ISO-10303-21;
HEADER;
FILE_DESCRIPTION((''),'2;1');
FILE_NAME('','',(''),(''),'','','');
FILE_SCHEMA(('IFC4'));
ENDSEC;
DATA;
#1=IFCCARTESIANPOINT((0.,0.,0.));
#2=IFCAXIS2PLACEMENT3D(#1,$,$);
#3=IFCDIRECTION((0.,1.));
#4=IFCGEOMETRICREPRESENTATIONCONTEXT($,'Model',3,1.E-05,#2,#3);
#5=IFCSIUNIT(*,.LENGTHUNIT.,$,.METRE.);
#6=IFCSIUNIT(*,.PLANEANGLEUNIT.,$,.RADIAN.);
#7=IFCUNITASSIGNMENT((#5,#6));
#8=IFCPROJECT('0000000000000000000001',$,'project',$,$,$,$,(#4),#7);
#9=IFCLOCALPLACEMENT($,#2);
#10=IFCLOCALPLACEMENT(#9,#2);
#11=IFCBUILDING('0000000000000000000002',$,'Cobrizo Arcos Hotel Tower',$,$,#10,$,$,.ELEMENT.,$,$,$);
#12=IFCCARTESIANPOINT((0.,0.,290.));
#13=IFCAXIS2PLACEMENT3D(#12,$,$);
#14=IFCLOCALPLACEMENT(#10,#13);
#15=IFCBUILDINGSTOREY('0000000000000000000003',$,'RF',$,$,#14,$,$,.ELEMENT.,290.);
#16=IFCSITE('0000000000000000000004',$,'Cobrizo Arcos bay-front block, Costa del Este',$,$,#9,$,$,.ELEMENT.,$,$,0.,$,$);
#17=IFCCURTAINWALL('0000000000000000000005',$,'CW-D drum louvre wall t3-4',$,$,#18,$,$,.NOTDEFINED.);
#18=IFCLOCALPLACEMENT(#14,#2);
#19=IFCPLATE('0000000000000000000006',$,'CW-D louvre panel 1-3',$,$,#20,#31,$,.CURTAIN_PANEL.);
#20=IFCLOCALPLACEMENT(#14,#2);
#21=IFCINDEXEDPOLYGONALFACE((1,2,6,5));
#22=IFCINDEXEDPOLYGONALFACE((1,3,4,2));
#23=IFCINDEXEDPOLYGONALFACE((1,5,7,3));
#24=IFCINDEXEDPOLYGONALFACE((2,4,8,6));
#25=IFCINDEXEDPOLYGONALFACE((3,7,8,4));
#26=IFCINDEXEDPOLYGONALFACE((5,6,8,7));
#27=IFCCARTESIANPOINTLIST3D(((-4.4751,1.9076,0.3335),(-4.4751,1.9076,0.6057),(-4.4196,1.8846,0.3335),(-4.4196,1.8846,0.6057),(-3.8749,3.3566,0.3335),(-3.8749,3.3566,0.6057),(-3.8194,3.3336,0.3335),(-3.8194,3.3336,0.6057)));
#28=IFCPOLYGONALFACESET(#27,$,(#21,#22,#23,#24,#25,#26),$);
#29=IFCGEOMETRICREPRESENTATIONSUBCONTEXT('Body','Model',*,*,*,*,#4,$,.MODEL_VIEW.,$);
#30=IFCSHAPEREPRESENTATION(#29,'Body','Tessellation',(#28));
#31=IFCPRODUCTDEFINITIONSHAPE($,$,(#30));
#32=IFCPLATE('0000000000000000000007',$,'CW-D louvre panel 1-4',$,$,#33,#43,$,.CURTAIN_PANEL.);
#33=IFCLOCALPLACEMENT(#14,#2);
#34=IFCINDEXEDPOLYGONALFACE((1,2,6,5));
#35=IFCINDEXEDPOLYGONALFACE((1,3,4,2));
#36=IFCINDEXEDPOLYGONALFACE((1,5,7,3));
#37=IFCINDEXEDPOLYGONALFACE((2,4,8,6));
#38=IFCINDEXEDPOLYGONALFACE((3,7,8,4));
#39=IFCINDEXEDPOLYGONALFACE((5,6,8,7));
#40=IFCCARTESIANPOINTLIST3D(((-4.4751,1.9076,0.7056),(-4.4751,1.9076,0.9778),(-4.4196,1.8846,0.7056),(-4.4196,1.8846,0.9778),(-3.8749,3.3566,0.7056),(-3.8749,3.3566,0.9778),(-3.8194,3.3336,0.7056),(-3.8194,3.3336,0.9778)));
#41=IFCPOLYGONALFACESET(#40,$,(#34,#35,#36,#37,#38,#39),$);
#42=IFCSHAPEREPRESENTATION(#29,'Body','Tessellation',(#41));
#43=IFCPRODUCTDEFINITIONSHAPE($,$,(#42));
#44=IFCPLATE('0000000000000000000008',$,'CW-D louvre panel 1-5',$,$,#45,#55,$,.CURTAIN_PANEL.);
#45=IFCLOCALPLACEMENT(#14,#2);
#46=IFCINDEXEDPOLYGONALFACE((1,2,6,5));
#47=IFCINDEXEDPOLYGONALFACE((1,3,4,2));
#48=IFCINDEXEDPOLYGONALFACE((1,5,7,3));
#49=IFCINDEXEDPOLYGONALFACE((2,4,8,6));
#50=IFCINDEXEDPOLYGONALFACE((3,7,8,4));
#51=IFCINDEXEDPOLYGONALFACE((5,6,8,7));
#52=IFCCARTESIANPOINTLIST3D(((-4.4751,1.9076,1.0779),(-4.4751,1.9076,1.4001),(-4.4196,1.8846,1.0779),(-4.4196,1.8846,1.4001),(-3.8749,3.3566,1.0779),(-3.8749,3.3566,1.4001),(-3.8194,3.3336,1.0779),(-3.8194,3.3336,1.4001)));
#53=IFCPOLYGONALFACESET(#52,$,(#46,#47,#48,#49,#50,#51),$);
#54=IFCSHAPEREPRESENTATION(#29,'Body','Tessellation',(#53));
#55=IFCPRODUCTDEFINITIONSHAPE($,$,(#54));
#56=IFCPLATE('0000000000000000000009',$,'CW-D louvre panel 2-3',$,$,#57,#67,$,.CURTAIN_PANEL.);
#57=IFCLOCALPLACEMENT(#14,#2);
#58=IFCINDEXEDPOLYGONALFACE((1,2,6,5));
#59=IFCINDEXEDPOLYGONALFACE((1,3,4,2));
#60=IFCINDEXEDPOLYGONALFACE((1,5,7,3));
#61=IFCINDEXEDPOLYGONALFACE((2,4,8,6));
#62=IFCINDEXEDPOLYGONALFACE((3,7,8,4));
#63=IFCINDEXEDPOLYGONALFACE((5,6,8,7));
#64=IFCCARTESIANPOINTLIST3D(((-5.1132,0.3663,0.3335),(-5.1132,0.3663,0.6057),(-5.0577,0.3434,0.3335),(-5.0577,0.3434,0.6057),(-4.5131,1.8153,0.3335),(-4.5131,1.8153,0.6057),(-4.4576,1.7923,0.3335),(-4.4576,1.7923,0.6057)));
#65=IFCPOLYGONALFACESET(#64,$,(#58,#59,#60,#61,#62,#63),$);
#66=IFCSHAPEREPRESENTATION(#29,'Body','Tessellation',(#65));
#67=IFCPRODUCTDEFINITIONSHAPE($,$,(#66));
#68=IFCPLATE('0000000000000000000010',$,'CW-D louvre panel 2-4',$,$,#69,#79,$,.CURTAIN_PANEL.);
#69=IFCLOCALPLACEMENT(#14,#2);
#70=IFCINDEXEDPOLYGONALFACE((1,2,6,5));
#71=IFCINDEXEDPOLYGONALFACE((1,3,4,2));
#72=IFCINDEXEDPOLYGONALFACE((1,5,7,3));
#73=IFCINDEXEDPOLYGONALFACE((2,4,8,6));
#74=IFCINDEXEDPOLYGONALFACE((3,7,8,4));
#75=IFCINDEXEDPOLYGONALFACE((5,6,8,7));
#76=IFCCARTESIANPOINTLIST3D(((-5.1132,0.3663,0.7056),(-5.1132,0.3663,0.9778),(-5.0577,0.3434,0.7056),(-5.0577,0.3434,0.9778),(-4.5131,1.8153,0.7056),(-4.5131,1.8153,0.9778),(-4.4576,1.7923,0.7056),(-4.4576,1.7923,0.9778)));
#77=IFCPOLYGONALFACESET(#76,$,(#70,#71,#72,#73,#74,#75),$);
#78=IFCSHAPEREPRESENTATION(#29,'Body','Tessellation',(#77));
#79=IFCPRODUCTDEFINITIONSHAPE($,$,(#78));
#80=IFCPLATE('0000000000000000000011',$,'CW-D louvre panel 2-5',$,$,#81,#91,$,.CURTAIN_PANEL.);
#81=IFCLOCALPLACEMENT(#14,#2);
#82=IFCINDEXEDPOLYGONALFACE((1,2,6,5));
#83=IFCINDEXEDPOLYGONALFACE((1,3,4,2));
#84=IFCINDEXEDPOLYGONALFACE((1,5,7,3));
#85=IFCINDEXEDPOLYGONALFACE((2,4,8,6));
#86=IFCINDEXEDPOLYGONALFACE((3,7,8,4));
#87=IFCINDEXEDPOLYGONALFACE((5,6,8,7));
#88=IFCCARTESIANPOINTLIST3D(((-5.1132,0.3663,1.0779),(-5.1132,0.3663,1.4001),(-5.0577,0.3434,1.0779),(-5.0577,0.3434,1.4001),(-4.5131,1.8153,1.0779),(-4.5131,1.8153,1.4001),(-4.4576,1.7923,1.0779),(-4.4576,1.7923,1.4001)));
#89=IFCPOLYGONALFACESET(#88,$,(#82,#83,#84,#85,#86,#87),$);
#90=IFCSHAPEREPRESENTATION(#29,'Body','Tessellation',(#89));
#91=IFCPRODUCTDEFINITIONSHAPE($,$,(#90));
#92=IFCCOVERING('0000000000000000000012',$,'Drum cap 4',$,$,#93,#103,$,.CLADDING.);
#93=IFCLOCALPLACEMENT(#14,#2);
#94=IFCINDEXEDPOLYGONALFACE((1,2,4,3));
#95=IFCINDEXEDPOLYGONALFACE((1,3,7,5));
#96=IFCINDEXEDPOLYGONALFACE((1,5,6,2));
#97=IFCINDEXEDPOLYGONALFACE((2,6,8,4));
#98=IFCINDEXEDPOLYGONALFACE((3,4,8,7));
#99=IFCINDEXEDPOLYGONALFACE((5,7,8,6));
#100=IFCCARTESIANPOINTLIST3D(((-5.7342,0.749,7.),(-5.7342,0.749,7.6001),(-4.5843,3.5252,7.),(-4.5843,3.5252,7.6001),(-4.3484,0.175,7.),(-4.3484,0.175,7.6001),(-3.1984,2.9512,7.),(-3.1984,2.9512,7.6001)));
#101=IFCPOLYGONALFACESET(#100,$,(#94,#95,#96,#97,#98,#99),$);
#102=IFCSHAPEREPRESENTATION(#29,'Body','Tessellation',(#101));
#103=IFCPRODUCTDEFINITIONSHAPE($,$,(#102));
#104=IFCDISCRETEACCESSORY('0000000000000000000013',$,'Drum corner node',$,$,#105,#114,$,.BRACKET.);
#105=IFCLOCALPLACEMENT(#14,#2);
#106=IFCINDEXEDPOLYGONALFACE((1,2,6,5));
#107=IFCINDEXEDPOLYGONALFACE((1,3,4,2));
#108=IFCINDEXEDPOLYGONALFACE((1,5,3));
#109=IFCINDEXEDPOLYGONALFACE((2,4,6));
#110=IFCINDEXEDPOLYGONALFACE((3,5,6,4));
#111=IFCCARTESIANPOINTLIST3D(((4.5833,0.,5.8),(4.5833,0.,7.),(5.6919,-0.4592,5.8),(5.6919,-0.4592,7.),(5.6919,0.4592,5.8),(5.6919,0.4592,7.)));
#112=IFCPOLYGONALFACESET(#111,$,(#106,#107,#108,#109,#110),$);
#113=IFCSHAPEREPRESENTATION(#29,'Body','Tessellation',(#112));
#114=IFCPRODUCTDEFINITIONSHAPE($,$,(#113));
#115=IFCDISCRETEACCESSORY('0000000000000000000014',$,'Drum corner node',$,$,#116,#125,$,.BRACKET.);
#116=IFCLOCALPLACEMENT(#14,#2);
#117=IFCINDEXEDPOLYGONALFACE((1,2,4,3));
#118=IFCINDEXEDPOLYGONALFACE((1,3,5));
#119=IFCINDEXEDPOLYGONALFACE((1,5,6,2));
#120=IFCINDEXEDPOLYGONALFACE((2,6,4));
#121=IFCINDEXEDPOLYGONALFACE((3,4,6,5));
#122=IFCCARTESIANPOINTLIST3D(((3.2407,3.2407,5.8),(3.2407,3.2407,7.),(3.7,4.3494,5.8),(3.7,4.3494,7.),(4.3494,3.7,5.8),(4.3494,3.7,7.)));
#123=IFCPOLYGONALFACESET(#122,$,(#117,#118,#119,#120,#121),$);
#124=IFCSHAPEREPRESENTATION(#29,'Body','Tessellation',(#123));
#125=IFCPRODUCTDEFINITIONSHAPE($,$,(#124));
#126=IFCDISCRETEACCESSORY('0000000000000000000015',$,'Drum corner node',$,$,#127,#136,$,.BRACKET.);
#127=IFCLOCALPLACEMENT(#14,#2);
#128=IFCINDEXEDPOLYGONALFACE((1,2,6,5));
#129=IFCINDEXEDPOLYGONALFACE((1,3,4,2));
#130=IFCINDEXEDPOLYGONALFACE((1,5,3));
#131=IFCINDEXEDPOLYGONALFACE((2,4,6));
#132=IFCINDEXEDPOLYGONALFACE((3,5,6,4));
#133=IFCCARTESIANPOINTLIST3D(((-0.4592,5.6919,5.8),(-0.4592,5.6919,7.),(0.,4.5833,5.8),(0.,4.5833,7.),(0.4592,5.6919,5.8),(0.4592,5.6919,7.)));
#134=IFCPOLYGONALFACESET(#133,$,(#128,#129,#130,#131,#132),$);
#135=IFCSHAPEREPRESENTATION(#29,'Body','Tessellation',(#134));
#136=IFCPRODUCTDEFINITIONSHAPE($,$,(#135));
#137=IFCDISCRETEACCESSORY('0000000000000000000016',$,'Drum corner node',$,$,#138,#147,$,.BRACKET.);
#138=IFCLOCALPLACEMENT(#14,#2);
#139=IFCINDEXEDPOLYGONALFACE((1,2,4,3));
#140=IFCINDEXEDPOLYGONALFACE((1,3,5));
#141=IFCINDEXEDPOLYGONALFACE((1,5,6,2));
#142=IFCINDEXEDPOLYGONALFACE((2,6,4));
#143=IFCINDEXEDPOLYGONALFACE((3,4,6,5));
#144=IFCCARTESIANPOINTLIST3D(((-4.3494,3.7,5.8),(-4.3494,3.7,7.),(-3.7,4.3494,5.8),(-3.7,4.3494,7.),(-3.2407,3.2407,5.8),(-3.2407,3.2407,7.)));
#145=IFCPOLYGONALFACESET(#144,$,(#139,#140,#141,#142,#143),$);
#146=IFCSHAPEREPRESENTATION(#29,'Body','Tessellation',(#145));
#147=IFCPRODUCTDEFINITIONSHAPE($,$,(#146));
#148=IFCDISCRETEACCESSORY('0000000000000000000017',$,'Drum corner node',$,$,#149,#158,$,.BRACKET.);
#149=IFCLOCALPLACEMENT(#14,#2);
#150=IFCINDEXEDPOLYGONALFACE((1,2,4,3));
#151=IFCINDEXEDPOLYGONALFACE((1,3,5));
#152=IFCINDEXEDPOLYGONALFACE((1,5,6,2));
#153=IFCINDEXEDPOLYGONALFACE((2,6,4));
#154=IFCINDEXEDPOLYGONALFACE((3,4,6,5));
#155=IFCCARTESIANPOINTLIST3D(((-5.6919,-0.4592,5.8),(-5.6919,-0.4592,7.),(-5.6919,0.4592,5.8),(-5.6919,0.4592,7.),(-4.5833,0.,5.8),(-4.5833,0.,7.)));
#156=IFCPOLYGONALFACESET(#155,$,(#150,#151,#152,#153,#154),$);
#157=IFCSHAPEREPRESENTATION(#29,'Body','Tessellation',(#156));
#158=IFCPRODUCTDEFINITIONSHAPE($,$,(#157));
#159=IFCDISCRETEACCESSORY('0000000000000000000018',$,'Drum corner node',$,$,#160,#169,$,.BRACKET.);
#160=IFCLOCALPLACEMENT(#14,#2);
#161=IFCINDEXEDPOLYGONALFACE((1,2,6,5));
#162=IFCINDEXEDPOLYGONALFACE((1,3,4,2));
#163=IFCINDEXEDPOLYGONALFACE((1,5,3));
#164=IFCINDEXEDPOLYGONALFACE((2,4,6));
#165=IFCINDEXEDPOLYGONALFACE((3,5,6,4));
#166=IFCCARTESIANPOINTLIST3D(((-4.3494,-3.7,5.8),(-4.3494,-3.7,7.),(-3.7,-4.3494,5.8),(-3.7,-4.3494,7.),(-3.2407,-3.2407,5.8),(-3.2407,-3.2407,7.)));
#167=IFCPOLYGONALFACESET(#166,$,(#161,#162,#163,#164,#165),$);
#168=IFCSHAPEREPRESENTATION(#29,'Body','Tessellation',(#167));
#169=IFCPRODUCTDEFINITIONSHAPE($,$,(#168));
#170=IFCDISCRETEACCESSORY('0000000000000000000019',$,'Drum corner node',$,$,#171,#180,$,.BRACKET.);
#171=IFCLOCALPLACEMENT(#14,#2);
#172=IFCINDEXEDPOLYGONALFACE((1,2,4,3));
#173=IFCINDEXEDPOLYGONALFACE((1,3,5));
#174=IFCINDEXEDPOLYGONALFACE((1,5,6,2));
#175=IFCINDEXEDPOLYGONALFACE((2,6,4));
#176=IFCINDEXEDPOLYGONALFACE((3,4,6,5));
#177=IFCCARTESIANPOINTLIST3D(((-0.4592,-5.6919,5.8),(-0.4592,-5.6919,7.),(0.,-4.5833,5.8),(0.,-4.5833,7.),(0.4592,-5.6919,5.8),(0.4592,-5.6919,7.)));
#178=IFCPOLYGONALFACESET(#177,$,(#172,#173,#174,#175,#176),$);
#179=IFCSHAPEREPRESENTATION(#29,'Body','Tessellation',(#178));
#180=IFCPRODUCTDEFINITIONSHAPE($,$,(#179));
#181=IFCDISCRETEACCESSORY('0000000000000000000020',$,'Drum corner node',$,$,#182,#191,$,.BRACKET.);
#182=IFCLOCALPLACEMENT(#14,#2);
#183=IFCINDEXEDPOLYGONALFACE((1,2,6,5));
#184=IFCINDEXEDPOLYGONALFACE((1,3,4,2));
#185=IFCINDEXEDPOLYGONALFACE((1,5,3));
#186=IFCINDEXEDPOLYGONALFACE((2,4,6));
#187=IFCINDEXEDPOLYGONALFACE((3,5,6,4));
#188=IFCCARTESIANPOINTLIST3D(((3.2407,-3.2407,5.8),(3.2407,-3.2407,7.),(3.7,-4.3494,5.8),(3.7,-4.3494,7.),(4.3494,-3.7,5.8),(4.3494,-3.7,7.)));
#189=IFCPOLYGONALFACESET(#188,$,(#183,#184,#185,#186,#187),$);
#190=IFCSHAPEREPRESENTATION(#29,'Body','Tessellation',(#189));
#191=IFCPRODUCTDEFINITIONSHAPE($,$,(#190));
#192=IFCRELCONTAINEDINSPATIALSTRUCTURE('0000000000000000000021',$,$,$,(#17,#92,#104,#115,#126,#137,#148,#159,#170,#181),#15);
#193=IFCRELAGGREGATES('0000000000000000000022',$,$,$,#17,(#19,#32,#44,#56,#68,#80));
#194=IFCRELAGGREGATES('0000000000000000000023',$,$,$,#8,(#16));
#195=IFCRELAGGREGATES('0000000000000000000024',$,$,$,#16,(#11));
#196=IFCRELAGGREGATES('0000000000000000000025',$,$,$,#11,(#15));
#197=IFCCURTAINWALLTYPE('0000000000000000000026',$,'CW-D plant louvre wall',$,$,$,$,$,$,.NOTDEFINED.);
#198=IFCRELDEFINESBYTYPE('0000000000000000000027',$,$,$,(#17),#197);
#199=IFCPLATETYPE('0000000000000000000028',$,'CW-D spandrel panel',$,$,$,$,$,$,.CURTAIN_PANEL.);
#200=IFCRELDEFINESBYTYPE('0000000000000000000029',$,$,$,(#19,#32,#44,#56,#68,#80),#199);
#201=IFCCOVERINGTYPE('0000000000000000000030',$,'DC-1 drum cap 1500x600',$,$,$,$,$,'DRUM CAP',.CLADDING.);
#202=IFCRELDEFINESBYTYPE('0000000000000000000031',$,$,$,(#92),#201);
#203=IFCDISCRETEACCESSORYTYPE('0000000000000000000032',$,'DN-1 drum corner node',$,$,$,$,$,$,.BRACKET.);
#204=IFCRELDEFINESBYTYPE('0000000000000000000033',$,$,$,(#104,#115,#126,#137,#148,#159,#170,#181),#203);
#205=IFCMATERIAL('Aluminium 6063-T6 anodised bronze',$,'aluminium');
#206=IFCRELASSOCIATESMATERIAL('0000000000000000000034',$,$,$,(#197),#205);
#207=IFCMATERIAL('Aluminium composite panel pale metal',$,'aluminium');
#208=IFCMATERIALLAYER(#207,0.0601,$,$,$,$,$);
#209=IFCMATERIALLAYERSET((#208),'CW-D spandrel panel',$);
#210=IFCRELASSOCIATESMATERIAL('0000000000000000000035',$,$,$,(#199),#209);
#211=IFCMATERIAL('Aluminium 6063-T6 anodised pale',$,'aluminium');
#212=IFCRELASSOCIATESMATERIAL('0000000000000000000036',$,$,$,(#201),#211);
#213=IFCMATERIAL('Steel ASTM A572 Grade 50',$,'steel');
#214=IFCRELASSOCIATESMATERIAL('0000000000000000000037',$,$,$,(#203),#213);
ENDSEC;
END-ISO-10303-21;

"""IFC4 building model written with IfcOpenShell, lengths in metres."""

from ifc_helpers import new_model, si_unit, direction, frame, origin, origin_2d, place, context, subcontext, project, spatial, polyline, rectangle, outline, extrude, material, layer, layer_set, type_object, element, aggregate, save


model = new_model("IFC4")

# Units and contexts
model_context = context("Model", 3, precision=1e-05, world=origin(), true_north=direction((0.0, 1.0)))
body_context = subcontext(model_context, "Body", "Model", "MODEL_VIEW")
ifc_project = project(units=[si_unit("LENGTHUNIT", "METRE"), si_unit("PLANEANGLEUNIT", "RADIAN")], contexts=[model_context])

# Site, building, storey
site_placement = place(None, origin())
site = spatial("IfcSite", under=ifc_project, at=site_placement, Name="Cobrizo Arcos bay-front block, Costa del Este", CompositionType="ELEMENT", RefElevation=0.0)
building_placement = place(site_placement, origin())
building = spatial("IfcBuilding", under=site, at=building_placement, Name="Cobrizo Arcos Hotel Tower", CompositionType="ELEMENT")
storey_placement = place(building_placement, frame((0.0, 0.0, 290.0)))
storey = spatial("IfcBuildingStorey", under=building, at=storey_placement, Name="RF", CompositionType="ELEMENT", Elevation=290.0)

# Curtain wall
ifc_material_1 = material(Name="Aluminium 6063-T6 anodised bronze", Category="aluminium")
curtain_wall_type = type_object("IfcCurtainWallType", Name="CW-D plant louvre wall", PredefinedType="NOTDEFINED", material=ifc_material_1)
curtain_wall_1_placement = place(storey_placement, origin())
curtain_wall_1 = element("IfcCurtainWall", 1, at=curtain_wall_1_placement, inside=storey, type_object=curtain_wall_type, Name="CW-D drum louvre wall t3-4", PredefinedType="NOTDEFINED")

# Plates
ifc_material_2 = material(Name="Aluminium composite panel pale metal", Category="aluminium")
ifc_layer_1 = layer(ifc_material_2, 0.0601)
ifc_layer_set_1 = layer_set([ifc_layer_1], Name="CW-D spandrel panel")
plate_type_1 = type_object("IfcPlateType", Name="CW-D spandrel panel", PredefinedType="CURTAIN_PANEL", material=ifc_layer_set_1)
plate_1_placement = place(storey_placement, frame((-4.1472, 2.6206, 0.3335), z_axis=(0.0, 0.0, 1.0), x_axis=(-0.382683, -0.92388, 0.0)))
plate_1 = element("IfcPlate", 2, at=plate_1_placement, type_object=plate_type_1, Name="CW-D louvre panel 1-3", PredefinedType="CURTAIN_PANEL", context=body_context, shape_type="SweptSolid", body=[
    extrude(rectangle(XDim=1.5684, YDim=0.0601, at=origin_2d()), origin(), (0.0, 0.0, 1.0), 0.2722),
])
plate_2_placement = place(storey_placement, frame((-4.1472, 2.6206, 0.7056), z_axis=(0.0, 0.0, 1.0), x_axis=(-0.382683, -0.92388, 0.0)))
plate_2 = element("IfcPlate", 3, at=plate_2_placement, type_object=plate_type_1, Name="CW-D louvre panel 1-4", PredefinedType="CURTAIN_PANEL", context=body_context, shape_type="SweptSolid", body=[
    extrude(rectangle(XDim=1.5684, YDim=0.0601, at=origin_2d()), origin(), (0.0, 0.0, 1.0), 0.2722),
])
plate_3_placement = place(storey_placement, frame((-4.1472, 2.6206, 1.0779), z_axis=(0.0, 0.0, 1.0), x_axis=(-0.382683, -0.92388, 0.0)))
plate_3 = element("IfcPlate", 4, at=plate_3_placement, type_object=plate_type_1, Name="CW-D louvre panel 1-5", PredefinedType="CURTAIN_PANEL", context=body_context, shape_type="SweptSolid", body=[
    extrude(rectangle(XDim=1.5684, YDim=0.0601, at=origin_2d()), origin(), (0.0, 0.0, 1.0), 0.3223),
])
plate_4_placement = place(storey_placement, frame((-4.7854, 1.0793, 0.3335), z_axis=(0.0, 0.0, 1.0), x_axis=(-0.382683, -0.92388, 0.0)))
plate_4 = element("IfcPlate", 5, at=plate_4_placement, type_object=plate_type_1, Name="CW-D louvre panel 2-3", PredefinedType="CURTAIN_PANEL", context=body_context, shape_type="SweptSolid", body=[
    extrude(rectangle(XDim=1.5684, YDim=0.0601, at=origin_2d()), origin(), (0.0, 0.0, 1.0), 0.2722),
])
plate_5_placement = place(storey_placement, frame((-4.7854, 1.0793, 0.7056), z_axis=(0.0, 0.0, 1.0), x_axis=(-0.382683, -0.92388, 0.0)))
plate_5 = element("IfcPlate", 6, at=plate_5_placement, type_object=plate_type_1, Name="CW-D louvre panel 2-4", PredefinedType="CURTAIN_PANEL", context=body_context, shape_type="SweptSolid", body=[
    extrude(rectangle(XDim=1.5684, YDim=0.0601, at=origin_2d()), origin(), (0.0, 0.0, 1.0), 0.2722),
])
plate_6_placement = place(storey_placement, frame((-4.7854, 1.0793, 1.0779), z_axis=(0.0, 0.0, 1.0), x_axis=(-0.382683, -0.92388, 0.0)))
plate_6 = element("IfcPlate", 7, at=plate_6_placement, type_object=plate_type_1, Name="CW-D louvre panel 2-5", PredefinedType="CURTAIN_PANEL", context=body_context, shape_type="SweptSolid", body=[
    extrude(rectangle(XDim=1.5684, YDim=0.0601, at=origin_2d()), origin(), (0.0, 0.0, 1.0), 0.3223),
])
aggregate(curtain_wall_1, [plate_1, plate_2, plate_3, plate_4, plate_5, plate_6])

# Covering
ifc_material_3 = material(Name="Aluminium 6063-T6 anodised pale", Category="aluminium")
covering_type = type_object("IfcCoveringType", Name="DC-1 drum cap 1500x600", ElementType="DRUM CAP", PredefinedType="CLADDING", material=ifc_material_3)
covering_placement = place(storey_placement, frame((-4.4663, 1.8501, 7.0), z_axis=(0.0, 0.0, 1.0), x_axis=(-0.382683, -0.92388, 0.0)))
element("IfcCovering", 8, at=covering_placement, inside=storey, type_object=covering_type, Name="Drum cap 4", PredefinedType="CLADDING", context=body_context, shape_type="SweptSolid", body=[
    extrude(rectangle(XDim=3.0049, YDim=1.5, at=origin_2d()), origin(), (0.0, 0.0, 1.0), 0.6001),
])

# Discrete accessories
ifc_material_4 = material(Name="Steel ASTM A572 Grade 50", Category="steel")
discrete_accessory_type = type_object("IfcDiscreteAccessoryType", Name="DN-1 drum corner node", PredefinedType="BRACKET", material=ifc_material_4)
discrete_accessory_1_placement = place(storey_placement, frame((0.0, 0.0, 5.8)))
element("IfcDiscreteAccessory", 9, at=discrete_accessory_1_placement, inside=storey, type_object=discrete_accessory_type, Name="Drum corner node", PredefinedType="BRACKET", context=body_context, shape_type="SweptSolid", body=[
    extrude(outline(polyline([(5.6919, -0.4592), (4.5833, 0.0), (4.5833, 0.0), (5.6919, 0.4592), (5.6919, -0.4592)])), origin(), (0.0, 0.0, 1.0), 1.2),
])
discrete_accessory_2_placement = place(storey_placement, frame((0.0, 0.0, 5.8)))
element("IfcDiscreteAccessory", 10, at=discrete_accessory_2_placement, inside=storey, type_object=discrete_accessory_type, Name="Drum corner node", PredefinedType="BRACKET", context=body_context, shape_type="SweptSolid", body=[
    extrude(outline(polyline([(3.2407, 3.2407), (3.2407, 3.2407), (3.7, 4.3494), (4.3494, 3.7), (3.2407, 3.2407)])), origin(), (0.0, 0.0, 1.0), 1.2),
])
discrete_accessory_3_placement = place(storey_placement, frame((0.0, 0.0, 5.8)))
element("IfcDiscreteAccessory", 11, at=discrete_accessory_3_placement, inside=storey, type_object=discrete_accessory_type, Name="Drum corner node", PredefinedType="BRACKET", context=body_context, shape_type="SweptSolid", body=[
    extrude(outline(polyline([(0.0, 4.5833), (-0.4592, 5.6919), (0.4592, 5.6919), (0.0, 4.5833), (0.0, 4.5833)])), origin(), (0.0, 0.0, 1.0), 1.2),
])
discrete_accessory_4_placement = place(storey_placement, frame((0.0, 0.0, 5.8)))
element("IfcDiscreteAccessory", 12, at=discrete_accessory_4_placement, inside=storey, type_object=discrete_accessory_type, Name="Drum corner node", PredefinedType="BRACKET", context=body_context, shape_type="SweptSolid", body=[
    extrude(outline(polyline([(-3.2407, 3.2407), (-4.3494, 3.7), (-3.7, 4.3494), (-3.2407, 3.2407), (-3.2407, 3.2407)])), origin(), (0.0, 0.0, 1.0), 1.2),
])
discrete_accessory_5_placement = place(storey_placement, frame((0.0, 0.0, 5.8)))
element("IfcDiscreteAccessory", 13, at=discrete_accessory_5_placement, inside=storey, type_object=discrete_accessory_type, Name="Drum corner node", PredefinedType="BRACKET", context=body_context, shape_type="SweptSolid", body=[
    extrude(outline(polyline([(-5.6919, -0.4592), (-5.6919, 0.4592), (-4.5833, 0.0), (-4.5833, 0.0), (-5.6919, -0.4592)])), origin(), (0.0, 0.0, 1.0), 1.2),
])
discrete_accessory_6_placement = place(storey_placement, frame((0.0, 0.0, 5.8)))
element("IfcDiscreteAccessory", 14, at=discrete_accessory_6_placement, inside=storey, type_object=discrete_accessory_type, Name="Drum corner node", PredefinedType="BRACKET", context=body_context, shape_type="SweptSolid", body=[
    extrude(outline(polyline([(-3.7, -4.3494), (-4.3494, -3.7), (-3.2407, -3.2407), (-3.2407, -3.2407), (-3.7, -4.3494)])), origin(), (0.0, 0.0, 1.0), 1.2),
])
discrete_accessory_7_placement = place(storey_placement, frame((0.0, 0.0, 5.8)))
element("IfcDiscreteAccessory", 15, at=discrete_accessory_7_placement, inside=storey, type_object=discrete_accessory_type, Name="Drum corner node", PredefinedType="BRACKET", context=body_context, shape_type="SweptSolid", body=[
    extrude(outline(polyline([(-0.4592, -5.6919), (0.0, -4.5833), (0.0, -4.5833), (0.4592, -5.6919), (-0.4592, -5.6919)])), origin(), (0.0, 0.0, 1.0), 1.2),
])
discrete_accessory_8_placement = place(storey_placement, frame((0.0, 0.0, 5.8)))
element("IfcDiscreteAccessory", 16, at=discrete_accessory_8_placement, inside=storey, type_object=discrete_accessory_type, Name="Drum corner node", PredefinedType="BRACKET", context=body_context, shape_type="SweptSolid", body=[
    extrude(outline(polyline([(3.7, -4.3494), (3.2407, -3.2407), (3.2407, -3.2407), (4.3494, -3.7), (3.7, -4.3494)])), origin(), (0.0, 0.0, 1.0), 1.2),
])

save(model, "model.ifc")
